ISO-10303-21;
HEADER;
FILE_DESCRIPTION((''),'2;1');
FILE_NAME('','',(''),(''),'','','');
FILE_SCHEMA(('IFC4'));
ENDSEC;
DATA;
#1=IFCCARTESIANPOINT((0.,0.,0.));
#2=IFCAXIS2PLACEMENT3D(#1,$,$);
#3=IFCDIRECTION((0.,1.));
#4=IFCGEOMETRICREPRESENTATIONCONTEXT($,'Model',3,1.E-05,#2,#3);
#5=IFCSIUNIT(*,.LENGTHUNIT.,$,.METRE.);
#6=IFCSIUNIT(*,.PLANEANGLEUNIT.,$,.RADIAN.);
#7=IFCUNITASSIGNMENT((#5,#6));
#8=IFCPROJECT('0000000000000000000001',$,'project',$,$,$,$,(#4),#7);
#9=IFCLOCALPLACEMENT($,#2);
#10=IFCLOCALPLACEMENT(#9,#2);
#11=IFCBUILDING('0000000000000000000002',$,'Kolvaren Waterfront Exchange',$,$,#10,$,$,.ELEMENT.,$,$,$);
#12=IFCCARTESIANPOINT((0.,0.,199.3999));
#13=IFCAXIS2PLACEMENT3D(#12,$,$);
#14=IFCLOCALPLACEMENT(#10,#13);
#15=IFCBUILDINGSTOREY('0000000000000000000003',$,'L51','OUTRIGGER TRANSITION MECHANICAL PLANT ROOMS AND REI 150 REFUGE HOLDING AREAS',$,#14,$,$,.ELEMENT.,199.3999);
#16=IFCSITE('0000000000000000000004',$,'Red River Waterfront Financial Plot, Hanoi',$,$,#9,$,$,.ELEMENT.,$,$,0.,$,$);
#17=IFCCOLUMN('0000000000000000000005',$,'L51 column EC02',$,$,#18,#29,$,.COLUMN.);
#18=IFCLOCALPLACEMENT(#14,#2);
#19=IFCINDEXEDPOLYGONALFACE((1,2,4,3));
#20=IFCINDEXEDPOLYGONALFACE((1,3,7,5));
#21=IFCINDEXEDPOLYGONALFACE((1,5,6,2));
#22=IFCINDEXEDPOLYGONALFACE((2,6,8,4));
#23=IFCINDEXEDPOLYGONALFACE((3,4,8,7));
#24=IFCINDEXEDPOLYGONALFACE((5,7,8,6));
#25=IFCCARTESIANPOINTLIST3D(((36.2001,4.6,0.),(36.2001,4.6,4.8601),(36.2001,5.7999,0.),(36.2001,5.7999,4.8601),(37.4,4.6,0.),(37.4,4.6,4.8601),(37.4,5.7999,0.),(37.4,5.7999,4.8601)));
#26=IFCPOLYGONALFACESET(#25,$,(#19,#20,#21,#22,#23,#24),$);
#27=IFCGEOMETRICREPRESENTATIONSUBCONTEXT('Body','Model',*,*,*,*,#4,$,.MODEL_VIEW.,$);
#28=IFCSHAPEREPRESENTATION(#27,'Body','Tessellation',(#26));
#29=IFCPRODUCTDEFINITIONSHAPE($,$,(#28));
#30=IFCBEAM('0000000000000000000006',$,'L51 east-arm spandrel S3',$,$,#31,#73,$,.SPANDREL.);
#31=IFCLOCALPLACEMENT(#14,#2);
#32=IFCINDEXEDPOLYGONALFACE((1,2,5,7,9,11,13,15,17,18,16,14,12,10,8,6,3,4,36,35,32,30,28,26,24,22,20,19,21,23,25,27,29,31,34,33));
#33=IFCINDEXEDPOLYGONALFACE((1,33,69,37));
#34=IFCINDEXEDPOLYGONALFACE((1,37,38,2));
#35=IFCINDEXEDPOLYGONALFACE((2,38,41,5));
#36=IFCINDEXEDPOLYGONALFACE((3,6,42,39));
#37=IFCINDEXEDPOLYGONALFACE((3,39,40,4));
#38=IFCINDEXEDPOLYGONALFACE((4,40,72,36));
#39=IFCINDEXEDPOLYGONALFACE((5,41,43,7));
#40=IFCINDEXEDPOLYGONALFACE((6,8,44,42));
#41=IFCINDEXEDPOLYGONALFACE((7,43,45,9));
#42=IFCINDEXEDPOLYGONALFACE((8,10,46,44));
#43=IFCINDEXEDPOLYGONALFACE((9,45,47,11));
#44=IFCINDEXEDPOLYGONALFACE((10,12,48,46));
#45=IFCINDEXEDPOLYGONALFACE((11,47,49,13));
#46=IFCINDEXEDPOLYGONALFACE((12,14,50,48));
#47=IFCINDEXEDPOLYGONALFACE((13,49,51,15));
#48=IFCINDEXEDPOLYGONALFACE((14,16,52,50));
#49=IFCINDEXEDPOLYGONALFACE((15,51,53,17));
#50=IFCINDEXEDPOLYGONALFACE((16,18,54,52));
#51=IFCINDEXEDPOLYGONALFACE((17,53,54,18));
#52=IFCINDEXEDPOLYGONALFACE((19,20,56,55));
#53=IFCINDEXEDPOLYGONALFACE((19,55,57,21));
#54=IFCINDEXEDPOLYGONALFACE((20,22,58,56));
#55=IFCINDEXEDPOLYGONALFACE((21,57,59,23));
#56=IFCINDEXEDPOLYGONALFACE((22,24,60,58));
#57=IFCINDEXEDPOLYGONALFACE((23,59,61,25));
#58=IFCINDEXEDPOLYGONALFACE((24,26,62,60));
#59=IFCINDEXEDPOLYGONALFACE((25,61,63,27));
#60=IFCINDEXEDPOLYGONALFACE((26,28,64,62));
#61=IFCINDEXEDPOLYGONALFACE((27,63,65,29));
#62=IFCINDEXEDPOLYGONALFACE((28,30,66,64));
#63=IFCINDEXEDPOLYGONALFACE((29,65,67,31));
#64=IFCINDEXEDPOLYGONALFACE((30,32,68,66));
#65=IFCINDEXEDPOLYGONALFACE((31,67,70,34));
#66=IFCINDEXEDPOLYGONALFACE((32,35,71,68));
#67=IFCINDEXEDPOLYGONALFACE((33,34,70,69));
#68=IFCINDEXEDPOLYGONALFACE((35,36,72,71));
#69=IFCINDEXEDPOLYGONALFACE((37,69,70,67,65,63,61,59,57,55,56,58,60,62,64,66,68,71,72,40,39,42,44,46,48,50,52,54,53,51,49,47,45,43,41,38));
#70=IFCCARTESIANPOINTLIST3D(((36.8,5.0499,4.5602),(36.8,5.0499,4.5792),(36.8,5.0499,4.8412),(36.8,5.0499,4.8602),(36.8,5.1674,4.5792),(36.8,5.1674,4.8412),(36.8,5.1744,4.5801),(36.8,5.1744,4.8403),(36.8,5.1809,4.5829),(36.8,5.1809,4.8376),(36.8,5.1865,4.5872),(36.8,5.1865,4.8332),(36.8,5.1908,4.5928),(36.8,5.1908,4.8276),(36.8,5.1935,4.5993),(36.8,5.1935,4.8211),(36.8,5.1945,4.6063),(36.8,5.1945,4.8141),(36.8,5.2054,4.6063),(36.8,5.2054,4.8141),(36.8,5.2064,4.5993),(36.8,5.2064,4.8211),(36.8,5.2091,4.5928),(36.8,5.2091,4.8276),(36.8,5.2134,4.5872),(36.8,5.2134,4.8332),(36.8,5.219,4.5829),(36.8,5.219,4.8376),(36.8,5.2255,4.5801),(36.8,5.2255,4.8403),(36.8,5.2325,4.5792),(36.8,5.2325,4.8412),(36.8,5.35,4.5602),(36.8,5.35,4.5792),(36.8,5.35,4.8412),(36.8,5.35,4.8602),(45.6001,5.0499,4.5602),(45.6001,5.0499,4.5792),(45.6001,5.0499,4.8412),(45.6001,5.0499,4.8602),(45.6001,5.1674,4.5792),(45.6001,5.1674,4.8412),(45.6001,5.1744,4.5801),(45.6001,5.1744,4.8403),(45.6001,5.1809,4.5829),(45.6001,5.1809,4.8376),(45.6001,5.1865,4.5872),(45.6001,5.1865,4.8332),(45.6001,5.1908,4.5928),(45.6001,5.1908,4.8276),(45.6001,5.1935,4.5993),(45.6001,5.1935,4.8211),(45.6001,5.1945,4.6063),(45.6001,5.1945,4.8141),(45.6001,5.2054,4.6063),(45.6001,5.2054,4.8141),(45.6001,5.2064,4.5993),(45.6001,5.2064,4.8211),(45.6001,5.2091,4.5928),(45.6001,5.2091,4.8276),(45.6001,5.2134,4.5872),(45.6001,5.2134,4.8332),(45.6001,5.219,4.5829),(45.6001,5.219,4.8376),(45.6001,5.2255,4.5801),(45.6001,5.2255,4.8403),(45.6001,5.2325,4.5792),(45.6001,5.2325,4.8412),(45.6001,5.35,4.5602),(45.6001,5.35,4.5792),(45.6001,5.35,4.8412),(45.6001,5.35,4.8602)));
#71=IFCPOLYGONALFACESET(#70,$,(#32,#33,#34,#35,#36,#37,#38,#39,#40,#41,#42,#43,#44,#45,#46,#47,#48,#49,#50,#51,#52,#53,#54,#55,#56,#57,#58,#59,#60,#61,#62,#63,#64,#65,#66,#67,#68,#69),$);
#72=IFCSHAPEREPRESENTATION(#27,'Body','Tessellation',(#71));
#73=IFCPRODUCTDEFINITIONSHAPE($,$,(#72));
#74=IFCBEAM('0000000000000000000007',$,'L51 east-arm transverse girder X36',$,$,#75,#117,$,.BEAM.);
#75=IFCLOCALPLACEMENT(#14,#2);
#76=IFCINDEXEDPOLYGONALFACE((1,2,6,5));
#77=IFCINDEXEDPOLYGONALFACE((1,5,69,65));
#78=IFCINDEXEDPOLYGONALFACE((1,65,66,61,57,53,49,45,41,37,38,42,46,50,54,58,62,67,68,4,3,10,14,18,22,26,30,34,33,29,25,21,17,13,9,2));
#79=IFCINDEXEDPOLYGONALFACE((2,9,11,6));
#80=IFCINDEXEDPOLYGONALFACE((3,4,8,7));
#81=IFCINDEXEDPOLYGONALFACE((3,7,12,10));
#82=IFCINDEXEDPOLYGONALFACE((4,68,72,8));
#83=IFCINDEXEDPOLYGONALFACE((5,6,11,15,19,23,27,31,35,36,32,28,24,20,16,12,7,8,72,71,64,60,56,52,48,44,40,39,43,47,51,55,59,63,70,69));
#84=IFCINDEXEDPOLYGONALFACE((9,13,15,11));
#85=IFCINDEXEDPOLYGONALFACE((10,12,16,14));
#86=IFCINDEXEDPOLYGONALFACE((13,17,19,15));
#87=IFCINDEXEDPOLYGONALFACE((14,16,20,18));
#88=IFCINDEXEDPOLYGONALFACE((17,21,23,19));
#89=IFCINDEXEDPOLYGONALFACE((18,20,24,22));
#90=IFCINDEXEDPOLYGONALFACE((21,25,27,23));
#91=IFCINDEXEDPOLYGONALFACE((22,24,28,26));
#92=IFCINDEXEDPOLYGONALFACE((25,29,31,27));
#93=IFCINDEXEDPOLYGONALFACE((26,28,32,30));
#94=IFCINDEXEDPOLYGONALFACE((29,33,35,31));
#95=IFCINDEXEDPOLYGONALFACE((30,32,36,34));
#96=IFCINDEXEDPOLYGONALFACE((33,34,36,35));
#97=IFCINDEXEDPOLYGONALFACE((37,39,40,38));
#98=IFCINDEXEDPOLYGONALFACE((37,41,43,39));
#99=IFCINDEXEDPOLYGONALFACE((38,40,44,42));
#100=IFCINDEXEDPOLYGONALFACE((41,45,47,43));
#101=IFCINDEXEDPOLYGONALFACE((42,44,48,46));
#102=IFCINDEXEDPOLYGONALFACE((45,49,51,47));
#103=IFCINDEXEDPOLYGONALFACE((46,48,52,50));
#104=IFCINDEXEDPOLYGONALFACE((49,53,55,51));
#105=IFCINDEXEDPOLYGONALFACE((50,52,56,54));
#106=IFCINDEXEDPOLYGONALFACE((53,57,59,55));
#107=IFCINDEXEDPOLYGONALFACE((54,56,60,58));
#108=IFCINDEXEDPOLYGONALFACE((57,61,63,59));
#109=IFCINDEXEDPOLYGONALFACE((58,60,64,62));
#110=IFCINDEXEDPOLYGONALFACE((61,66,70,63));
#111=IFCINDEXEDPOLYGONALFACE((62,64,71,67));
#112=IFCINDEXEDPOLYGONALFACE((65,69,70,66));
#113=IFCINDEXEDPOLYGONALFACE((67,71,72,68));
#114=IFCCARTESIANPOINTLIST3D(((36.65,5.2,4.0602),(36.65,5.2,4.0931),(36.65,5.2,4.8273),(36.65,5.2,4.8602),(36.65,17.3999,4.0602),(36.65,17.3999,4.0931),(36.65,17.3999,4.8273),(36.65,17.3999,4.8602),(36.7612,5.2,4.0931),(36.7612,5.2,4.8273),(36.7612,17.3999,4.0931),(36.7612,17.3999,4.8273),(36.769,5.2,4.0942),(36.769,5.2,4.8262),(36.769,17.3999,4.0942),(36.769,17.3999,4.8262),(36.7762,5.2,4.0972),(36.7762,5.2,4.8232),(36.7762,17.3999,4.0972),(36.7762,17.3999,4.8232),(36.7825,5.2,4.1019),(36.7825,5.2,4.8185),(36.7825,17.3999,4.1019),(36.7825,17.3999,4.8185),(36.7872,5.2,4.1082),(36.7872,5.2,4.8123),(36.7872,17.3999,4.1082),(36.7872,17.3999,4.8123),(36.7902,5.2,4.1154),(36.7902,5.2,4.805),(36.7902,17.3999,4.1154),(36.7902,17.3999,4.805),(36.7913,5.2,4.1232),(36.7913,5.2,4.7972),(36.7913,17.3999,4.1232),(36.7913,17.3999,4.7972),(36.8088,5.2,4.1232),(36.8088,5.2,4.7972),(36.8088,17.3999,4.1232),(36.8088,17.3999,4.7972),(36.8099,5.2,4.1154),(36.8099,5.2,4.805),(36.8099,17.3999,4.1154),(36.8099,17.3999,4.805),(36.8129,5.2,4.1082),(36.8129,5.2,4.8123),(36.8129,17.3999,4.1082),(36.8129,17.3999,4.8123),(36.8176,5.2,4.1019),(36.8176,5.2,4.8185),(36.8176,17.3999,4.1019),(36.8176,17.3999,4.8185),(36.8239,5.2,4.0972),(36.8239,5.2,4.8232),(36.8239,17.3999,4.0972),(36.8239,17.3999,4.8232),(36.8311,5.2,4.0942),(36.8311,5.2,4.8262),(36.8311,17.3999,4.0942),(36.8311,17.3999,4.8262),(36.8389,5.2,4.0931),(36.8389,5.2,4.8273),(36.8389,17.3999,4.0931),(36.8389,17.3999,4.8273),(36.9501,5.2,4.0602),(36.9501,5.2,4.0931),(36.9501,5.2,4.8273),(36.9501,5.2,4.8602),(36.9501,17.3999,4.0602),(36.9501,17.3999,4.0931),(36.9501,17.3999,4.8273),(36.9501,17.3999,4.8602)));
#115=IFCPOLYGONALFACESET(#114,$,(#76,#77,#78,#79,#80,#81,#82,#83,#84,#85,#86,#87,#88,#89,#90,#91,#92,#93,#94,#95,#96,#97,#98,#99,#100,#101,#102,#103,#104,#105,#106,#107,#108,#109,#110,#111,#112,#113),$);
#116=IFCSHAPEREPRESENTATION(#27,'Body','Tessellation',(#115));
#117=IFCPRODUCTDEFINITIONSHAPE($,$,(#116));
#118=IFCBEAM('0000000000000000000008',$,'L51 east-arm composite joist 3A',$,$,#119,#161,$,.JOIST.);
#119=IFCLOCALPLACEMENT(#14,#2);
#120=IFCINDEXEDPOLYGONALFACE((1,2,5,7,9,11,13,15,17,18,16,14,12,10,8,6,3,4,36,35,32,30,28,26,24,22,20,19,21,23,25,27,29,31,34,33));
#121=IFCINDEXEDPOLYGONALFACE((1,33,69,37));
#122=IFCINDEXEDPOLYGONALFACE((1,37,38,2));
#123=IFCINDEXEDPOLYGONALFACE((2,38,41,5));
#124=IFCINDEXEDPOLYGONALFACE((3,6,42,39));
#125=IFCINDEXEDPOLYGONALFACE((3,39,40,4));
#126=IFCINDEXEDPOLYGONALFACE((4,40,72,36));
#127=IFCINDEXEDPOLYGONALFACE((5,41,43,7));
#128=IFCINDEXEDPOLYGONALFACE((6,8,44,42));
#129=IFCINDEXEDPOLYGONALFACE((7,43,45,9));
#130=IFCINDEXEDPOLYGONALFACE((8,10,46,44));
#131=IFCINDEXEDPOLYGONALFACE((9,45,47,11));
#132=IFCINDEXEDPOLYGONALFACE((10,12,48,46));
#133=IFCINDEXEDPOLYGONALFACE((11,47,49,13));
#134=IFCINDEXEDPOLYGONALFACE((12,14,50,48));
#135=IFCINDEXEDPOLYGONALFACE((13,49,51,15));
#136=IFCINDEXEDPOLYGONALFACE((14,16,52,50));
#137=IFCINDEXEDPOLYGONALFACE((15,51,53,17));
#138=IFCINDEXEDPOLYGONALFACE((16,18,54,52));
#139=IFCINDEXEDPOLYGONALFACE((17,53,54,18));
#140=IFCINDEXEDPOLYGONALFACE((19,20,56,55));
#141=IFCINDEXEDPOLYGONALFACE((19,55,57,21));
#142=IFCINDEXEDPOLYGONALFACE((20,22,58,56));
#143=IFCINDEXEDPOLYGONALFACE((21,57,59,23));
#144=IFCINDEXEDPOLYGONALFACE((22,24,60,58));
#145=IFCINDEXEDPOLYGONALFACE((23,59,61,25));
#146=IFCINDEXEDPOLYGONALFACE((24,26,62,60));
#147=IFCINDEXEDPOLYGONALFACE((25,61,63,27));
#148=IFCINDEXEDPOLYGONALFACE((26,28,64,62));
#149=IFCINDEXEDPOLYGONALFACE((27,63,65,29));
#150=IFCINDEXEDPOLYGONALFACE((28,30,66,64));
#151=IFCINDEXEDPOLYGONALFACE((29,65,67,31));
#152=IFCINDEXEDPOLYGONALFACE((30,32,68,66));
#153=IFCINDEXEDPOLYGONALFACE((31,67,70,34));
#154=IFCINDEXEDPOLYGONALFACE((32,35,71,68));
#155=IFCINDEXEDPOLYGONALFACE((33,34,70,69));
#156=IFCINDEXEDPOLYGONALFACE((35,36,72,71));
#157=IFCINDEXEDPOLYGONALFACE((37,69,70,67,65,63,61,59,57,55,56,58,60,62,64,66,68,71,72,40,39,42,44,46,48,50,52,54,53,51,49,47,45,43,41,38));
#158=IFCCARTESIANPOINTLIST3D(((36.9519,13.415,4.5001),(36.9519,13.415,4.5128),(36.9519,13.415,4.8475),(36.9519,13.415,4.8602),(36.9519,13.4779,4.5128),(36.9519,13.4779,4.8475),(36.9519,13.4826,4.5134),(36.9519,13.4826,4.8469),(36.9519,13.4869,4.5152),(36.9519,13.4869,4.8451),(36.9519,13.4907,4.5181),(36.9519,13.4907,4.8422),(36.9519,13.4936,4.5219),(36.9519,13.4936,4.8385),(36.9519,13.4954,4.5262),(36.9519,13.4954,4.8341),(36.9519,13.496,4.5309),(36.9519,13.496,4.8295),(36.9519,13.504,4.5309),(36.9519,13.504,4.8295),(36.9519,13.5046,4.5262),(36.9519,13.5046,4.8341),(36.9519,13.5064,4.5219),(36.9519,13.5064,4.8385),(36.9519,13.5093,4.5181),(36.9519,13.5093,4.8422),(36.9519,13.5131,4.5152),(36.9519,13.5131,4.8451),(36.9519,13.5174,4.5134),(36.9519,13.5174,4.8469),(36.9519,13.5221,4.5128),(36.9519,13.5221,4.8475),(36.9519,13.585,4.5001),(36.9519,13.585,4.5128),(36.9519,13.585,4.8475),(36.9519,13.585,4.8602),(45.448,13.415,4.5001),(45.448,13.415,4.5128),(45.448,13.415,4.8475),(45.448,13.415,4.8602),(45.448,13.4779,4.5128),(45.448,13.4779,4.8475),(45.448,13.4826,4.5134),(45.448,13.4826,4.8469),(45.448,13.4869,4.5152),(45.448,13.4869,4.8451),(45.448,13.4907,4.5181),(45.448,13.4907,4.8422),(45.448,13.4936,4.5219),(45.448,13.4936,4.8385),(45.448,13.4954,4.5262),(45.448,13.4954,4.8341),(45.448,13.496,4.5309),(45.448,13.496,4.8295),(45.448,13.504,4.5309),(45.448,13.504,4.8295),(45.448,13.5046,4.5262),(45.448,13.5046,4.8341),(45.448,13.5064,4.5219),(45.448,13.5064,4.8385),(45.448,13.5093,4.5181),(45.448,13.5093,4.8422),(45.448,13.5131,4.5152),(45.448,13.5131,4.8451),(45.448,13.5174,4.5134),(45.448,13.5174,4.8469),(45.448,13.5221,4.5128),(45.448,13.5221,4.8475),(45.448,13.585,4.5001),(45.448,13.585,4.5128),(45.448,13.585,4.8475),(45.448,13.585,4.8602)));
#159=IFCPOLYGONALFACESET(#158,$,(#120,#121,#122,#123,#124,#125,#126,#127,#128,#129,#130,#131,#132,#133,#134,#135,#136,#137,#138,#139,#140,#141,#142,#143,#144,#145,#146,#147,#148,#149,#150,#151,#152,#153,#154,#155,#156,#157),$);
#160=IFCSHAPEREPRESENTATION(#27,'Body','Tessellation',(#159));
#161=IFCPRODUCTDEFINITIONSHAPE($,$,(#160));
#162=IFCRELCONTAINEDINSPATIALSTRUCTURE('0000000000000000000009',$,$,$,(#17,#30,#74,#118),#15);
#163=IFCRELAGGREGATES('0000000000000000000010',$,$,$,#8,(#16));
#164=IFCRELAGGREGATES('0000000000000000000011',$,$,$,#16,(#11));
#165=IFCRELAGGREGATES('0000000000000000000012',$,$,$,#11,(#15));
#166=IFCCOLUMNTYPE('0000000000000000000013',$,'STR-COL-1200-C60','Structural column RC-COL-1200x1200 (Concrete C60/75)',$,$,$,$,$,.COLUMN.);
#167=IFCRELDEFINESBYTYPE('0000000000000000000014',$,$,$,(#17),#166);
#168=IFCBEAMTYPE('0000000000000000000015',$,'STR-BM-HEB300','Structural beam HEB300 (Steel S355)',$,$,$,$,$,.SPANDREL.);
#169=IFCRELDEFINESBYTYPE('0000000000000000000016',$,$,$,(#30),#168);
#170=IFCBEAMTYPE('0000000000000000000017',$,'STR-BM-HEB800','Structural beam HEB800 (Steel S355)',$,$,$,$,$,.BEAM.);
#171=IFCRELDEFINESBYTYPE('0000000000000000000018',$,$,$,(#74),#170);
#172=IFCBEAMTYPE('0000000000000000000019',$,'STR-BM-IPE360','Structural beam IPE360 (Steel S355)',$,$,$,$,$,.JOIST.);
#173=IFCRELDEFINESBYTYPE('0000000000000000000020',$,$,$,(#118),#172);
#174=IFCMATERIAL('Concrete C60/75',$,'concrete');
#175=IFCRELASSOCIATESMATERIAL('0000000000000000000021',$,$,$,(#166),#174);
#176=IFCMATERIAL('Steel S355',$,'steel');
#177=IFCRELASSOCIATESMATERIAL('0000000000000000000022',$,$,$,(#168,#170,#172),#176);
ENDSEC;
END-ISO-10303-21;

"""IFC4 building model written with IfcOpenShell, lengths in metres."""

from ifc_helpers import new_model, si_unit, direction, frame, origin, origin_2d, place, context, subcontext, project, spatial, rectangle, i_section, extrude, material, material_profile, profile_set, type_object, element, save


model = new_model("IFC4")

# Units and contexts
model_context = context("Model", 3, precision=1e-05, world=origin(), true_north=direction((0.0, 1.0)))
body_context = subcontext(model_context, "Body", "Model", "MODEL_VIEW")
ifc_project = project(units=[si_unit("LENGTHUNIT", "METRE"), si_unit("PLANEANGLEUNIT", "RADIAN")], contexts=[model_context])

# Site, building, storey
site_placement = place(None, origin())
site = spatial("IfcSite", under=ifc_project, at=site_placement, Name="Red River Waterfront Financial Plot, Hanoi", CompositionType="ELEMENT", RefElevation=0.0)
building_placement = place(site_placement, origin())
building = spatial("IfcBuilding", under=site, at=building_placement, Name="Kolvaren Waterfront Exchange", CompositionType="ELEMENT")
storey_placement = place(building_placement, frame((0.0, 0.0, 199.3999)))
storey = spatial("IfcBuildingStorey", under=building, at=storey_placement, Name="L51", Description="OUTRIGGER TRANSITION MECHANICAL PLANT ROOMS AND REI 150 REFUGE HOLDING AREAS", CompositionType="ELEMENT", Elevation=199.3999)

# Column
ifc_material_1 = material(Name="Concrete C60/75", Category="concrete")
ifc_material_profile_1 = material_profile(ifc_material_1, rectangle(XDim=1.2, YDim=1.2, at=origin_2d()), Name="RC-COL-1200x1200")
ifc_profile_set_1 = profile_set([ifc_material_profile_1], Name="Concrete C60/75")
column_type = type_object("IfcColumnType", Name="STR-COL-1200-C60", Description="Structural column RC-COL-1200x1200 (Concrete C60/75)", PredefinedType="COLUMN", material=ifc_profile_set_1)
column_placement = place(storey_placement, frame((36.8, 5.2, 0.0), z_axis=(0.0, 0.0, 1.0), x_axis=(1.0, 0.0, 0.0)))
element("IfcColumn", 1, at=column_placement, inside=storey, type_object=column_type, Name="L51 column EC02", PredefinedType="COLUMN", context=body_context, shape_type="SweptSolid", body=[
    extrude(rectangle(XDim=1.2, YDim=1.2, at=origin_2d()), origin(), (0.0, 0.0, 1.0), 4.8601),
])

# Beams
ifc_material_2 = material(Name="Steel S355", Category="steel")
ifc_material_profile_2 = material_profile(ifc_material_2, i_section(OverallWidth=0.3, OverallDepth=0.3, WebThickness=0.011, FlangeThickness=0.019, FilletRadius=0.0271, at=origin_2d()), Name="HEB300")
ifc_profile_set_2 = profile_set([ifc_material_profile_2], Name="Steel S355")
beam_type_1 = type_object("IfcBeamType", Name="STR-BM-HEB300", Description="Structural beam HEB300 (Steel S355)", PredefinedType="SPANDREL", material=ifc_profile_set_2)
beam_1_placement = place(storey_placement, frame((36.8, 5.2, 4.7102), z_axis=(1.0, 0.0, 0.0), x_axis=(0.0, 1.0, 0.0)))
element("IfcBeam", 2, at=beam_1_placement, inside=storey, type_object=beam_type_1, Name="L51 east-arm spandrel S3", PredefinedType="SPANDREL", context=body_context, shape_type="SweptSolid", body=[
    extrude(i_section(OverallWidth=0.3, OverallDepth=0.3, WebThickness=0.011, FlangeThickness=0.019, FilletRadius=0.0271, at=origin_2d()), origin(), (0.0, 0.0, 1.0), 8.8),
])
ifc_material_profile_3 = material_profile(ifc_material_2, i_section(OverallWidth=0.3, OverallDepth=0.8, WebThickness=0.0176, FlangeThickness=0.033, FilletRadius=0.03, at=origin_2d()), Name="HEB800")
ifc_profile_set_3 = profile_set([ifc_material_profile_3], Name="Steel S355")
beam_type_2 = type_object("IfcBeamType", Name="STR-BM-HEB800", Description="Structural beam HEB800 (Steel S355)", PredefinedType="BEAM", material=ifc_profile_set_3)
beam_2_placement = place(storey_placement, frame((36.8, 5.2, 4.4602), z_axis=(0.0, 1.0, 0.0), x_axis=(-1.0, 0.0, 0.0)))
element("IfcBeam", 3, at=beam_2_placement, inside=storey, type_object=beam_type_2, Name="L51 east-arm transverse girder X36", PredefinedType="BEAM", context=body_context, shape_type="SweptSolid", body=[
    extrude(i_section(OverallWidth=0.3, OverallDepth=0.8, WebThickness=0.0176, FlangeThickness=0.033, FilletRadius=0.03, at=origin_2d()), origin(), (0.0, 0.0, 1.0), 12.2),
])
ifc_material_profile_4 = material_profile(ifc_material_2, i_section(OverallWidth=0.1699, OverallDepth=0.3601, WebThickness=0.0081, FlangeThickness=0.0127, FilletRadius=0.0181, at=origin_2d()), Name="IPE360")
ifc_profile_set_4 = profile_set([ifc_material_profile_4], Name="Steel S355")
beam_type_3 = type_object("IfcBeamType", Name="STR-BM-IPE360", Description="Structural beam IPE360 (Steel S355)", PredefinedType="JOIST", material=ifc_profile_set_4)
for number, where, z_axis, x_axis, name in (
    (4, (36.9519, 13.5, 4.6802), (1.0, 0.0, 0.0), (0.0, 1.0, 0.0), "L51 east-arm composite joist 3A"),
):
    element("IfcBeam", number, at=place(storey_placement, frame(where, z_axis=z_axis, x_axis=x_axis)), inside=storey, type_object=beam_type_3, Name=name, PredefinedType="JOIST", context=body_context, shape_type="SweptSolid", body=[
        extrude(i_section(OverallWidth=0.1699, OverallDepth=0.3601, WebThickness=0.0081, FlangeThickness=0.0127, FilletRadius=0.0181, at=origin_2d()), origin(), (0.0, 0.0, 1.0), 8.4961),
    ])

save(model, "model.ifc")
